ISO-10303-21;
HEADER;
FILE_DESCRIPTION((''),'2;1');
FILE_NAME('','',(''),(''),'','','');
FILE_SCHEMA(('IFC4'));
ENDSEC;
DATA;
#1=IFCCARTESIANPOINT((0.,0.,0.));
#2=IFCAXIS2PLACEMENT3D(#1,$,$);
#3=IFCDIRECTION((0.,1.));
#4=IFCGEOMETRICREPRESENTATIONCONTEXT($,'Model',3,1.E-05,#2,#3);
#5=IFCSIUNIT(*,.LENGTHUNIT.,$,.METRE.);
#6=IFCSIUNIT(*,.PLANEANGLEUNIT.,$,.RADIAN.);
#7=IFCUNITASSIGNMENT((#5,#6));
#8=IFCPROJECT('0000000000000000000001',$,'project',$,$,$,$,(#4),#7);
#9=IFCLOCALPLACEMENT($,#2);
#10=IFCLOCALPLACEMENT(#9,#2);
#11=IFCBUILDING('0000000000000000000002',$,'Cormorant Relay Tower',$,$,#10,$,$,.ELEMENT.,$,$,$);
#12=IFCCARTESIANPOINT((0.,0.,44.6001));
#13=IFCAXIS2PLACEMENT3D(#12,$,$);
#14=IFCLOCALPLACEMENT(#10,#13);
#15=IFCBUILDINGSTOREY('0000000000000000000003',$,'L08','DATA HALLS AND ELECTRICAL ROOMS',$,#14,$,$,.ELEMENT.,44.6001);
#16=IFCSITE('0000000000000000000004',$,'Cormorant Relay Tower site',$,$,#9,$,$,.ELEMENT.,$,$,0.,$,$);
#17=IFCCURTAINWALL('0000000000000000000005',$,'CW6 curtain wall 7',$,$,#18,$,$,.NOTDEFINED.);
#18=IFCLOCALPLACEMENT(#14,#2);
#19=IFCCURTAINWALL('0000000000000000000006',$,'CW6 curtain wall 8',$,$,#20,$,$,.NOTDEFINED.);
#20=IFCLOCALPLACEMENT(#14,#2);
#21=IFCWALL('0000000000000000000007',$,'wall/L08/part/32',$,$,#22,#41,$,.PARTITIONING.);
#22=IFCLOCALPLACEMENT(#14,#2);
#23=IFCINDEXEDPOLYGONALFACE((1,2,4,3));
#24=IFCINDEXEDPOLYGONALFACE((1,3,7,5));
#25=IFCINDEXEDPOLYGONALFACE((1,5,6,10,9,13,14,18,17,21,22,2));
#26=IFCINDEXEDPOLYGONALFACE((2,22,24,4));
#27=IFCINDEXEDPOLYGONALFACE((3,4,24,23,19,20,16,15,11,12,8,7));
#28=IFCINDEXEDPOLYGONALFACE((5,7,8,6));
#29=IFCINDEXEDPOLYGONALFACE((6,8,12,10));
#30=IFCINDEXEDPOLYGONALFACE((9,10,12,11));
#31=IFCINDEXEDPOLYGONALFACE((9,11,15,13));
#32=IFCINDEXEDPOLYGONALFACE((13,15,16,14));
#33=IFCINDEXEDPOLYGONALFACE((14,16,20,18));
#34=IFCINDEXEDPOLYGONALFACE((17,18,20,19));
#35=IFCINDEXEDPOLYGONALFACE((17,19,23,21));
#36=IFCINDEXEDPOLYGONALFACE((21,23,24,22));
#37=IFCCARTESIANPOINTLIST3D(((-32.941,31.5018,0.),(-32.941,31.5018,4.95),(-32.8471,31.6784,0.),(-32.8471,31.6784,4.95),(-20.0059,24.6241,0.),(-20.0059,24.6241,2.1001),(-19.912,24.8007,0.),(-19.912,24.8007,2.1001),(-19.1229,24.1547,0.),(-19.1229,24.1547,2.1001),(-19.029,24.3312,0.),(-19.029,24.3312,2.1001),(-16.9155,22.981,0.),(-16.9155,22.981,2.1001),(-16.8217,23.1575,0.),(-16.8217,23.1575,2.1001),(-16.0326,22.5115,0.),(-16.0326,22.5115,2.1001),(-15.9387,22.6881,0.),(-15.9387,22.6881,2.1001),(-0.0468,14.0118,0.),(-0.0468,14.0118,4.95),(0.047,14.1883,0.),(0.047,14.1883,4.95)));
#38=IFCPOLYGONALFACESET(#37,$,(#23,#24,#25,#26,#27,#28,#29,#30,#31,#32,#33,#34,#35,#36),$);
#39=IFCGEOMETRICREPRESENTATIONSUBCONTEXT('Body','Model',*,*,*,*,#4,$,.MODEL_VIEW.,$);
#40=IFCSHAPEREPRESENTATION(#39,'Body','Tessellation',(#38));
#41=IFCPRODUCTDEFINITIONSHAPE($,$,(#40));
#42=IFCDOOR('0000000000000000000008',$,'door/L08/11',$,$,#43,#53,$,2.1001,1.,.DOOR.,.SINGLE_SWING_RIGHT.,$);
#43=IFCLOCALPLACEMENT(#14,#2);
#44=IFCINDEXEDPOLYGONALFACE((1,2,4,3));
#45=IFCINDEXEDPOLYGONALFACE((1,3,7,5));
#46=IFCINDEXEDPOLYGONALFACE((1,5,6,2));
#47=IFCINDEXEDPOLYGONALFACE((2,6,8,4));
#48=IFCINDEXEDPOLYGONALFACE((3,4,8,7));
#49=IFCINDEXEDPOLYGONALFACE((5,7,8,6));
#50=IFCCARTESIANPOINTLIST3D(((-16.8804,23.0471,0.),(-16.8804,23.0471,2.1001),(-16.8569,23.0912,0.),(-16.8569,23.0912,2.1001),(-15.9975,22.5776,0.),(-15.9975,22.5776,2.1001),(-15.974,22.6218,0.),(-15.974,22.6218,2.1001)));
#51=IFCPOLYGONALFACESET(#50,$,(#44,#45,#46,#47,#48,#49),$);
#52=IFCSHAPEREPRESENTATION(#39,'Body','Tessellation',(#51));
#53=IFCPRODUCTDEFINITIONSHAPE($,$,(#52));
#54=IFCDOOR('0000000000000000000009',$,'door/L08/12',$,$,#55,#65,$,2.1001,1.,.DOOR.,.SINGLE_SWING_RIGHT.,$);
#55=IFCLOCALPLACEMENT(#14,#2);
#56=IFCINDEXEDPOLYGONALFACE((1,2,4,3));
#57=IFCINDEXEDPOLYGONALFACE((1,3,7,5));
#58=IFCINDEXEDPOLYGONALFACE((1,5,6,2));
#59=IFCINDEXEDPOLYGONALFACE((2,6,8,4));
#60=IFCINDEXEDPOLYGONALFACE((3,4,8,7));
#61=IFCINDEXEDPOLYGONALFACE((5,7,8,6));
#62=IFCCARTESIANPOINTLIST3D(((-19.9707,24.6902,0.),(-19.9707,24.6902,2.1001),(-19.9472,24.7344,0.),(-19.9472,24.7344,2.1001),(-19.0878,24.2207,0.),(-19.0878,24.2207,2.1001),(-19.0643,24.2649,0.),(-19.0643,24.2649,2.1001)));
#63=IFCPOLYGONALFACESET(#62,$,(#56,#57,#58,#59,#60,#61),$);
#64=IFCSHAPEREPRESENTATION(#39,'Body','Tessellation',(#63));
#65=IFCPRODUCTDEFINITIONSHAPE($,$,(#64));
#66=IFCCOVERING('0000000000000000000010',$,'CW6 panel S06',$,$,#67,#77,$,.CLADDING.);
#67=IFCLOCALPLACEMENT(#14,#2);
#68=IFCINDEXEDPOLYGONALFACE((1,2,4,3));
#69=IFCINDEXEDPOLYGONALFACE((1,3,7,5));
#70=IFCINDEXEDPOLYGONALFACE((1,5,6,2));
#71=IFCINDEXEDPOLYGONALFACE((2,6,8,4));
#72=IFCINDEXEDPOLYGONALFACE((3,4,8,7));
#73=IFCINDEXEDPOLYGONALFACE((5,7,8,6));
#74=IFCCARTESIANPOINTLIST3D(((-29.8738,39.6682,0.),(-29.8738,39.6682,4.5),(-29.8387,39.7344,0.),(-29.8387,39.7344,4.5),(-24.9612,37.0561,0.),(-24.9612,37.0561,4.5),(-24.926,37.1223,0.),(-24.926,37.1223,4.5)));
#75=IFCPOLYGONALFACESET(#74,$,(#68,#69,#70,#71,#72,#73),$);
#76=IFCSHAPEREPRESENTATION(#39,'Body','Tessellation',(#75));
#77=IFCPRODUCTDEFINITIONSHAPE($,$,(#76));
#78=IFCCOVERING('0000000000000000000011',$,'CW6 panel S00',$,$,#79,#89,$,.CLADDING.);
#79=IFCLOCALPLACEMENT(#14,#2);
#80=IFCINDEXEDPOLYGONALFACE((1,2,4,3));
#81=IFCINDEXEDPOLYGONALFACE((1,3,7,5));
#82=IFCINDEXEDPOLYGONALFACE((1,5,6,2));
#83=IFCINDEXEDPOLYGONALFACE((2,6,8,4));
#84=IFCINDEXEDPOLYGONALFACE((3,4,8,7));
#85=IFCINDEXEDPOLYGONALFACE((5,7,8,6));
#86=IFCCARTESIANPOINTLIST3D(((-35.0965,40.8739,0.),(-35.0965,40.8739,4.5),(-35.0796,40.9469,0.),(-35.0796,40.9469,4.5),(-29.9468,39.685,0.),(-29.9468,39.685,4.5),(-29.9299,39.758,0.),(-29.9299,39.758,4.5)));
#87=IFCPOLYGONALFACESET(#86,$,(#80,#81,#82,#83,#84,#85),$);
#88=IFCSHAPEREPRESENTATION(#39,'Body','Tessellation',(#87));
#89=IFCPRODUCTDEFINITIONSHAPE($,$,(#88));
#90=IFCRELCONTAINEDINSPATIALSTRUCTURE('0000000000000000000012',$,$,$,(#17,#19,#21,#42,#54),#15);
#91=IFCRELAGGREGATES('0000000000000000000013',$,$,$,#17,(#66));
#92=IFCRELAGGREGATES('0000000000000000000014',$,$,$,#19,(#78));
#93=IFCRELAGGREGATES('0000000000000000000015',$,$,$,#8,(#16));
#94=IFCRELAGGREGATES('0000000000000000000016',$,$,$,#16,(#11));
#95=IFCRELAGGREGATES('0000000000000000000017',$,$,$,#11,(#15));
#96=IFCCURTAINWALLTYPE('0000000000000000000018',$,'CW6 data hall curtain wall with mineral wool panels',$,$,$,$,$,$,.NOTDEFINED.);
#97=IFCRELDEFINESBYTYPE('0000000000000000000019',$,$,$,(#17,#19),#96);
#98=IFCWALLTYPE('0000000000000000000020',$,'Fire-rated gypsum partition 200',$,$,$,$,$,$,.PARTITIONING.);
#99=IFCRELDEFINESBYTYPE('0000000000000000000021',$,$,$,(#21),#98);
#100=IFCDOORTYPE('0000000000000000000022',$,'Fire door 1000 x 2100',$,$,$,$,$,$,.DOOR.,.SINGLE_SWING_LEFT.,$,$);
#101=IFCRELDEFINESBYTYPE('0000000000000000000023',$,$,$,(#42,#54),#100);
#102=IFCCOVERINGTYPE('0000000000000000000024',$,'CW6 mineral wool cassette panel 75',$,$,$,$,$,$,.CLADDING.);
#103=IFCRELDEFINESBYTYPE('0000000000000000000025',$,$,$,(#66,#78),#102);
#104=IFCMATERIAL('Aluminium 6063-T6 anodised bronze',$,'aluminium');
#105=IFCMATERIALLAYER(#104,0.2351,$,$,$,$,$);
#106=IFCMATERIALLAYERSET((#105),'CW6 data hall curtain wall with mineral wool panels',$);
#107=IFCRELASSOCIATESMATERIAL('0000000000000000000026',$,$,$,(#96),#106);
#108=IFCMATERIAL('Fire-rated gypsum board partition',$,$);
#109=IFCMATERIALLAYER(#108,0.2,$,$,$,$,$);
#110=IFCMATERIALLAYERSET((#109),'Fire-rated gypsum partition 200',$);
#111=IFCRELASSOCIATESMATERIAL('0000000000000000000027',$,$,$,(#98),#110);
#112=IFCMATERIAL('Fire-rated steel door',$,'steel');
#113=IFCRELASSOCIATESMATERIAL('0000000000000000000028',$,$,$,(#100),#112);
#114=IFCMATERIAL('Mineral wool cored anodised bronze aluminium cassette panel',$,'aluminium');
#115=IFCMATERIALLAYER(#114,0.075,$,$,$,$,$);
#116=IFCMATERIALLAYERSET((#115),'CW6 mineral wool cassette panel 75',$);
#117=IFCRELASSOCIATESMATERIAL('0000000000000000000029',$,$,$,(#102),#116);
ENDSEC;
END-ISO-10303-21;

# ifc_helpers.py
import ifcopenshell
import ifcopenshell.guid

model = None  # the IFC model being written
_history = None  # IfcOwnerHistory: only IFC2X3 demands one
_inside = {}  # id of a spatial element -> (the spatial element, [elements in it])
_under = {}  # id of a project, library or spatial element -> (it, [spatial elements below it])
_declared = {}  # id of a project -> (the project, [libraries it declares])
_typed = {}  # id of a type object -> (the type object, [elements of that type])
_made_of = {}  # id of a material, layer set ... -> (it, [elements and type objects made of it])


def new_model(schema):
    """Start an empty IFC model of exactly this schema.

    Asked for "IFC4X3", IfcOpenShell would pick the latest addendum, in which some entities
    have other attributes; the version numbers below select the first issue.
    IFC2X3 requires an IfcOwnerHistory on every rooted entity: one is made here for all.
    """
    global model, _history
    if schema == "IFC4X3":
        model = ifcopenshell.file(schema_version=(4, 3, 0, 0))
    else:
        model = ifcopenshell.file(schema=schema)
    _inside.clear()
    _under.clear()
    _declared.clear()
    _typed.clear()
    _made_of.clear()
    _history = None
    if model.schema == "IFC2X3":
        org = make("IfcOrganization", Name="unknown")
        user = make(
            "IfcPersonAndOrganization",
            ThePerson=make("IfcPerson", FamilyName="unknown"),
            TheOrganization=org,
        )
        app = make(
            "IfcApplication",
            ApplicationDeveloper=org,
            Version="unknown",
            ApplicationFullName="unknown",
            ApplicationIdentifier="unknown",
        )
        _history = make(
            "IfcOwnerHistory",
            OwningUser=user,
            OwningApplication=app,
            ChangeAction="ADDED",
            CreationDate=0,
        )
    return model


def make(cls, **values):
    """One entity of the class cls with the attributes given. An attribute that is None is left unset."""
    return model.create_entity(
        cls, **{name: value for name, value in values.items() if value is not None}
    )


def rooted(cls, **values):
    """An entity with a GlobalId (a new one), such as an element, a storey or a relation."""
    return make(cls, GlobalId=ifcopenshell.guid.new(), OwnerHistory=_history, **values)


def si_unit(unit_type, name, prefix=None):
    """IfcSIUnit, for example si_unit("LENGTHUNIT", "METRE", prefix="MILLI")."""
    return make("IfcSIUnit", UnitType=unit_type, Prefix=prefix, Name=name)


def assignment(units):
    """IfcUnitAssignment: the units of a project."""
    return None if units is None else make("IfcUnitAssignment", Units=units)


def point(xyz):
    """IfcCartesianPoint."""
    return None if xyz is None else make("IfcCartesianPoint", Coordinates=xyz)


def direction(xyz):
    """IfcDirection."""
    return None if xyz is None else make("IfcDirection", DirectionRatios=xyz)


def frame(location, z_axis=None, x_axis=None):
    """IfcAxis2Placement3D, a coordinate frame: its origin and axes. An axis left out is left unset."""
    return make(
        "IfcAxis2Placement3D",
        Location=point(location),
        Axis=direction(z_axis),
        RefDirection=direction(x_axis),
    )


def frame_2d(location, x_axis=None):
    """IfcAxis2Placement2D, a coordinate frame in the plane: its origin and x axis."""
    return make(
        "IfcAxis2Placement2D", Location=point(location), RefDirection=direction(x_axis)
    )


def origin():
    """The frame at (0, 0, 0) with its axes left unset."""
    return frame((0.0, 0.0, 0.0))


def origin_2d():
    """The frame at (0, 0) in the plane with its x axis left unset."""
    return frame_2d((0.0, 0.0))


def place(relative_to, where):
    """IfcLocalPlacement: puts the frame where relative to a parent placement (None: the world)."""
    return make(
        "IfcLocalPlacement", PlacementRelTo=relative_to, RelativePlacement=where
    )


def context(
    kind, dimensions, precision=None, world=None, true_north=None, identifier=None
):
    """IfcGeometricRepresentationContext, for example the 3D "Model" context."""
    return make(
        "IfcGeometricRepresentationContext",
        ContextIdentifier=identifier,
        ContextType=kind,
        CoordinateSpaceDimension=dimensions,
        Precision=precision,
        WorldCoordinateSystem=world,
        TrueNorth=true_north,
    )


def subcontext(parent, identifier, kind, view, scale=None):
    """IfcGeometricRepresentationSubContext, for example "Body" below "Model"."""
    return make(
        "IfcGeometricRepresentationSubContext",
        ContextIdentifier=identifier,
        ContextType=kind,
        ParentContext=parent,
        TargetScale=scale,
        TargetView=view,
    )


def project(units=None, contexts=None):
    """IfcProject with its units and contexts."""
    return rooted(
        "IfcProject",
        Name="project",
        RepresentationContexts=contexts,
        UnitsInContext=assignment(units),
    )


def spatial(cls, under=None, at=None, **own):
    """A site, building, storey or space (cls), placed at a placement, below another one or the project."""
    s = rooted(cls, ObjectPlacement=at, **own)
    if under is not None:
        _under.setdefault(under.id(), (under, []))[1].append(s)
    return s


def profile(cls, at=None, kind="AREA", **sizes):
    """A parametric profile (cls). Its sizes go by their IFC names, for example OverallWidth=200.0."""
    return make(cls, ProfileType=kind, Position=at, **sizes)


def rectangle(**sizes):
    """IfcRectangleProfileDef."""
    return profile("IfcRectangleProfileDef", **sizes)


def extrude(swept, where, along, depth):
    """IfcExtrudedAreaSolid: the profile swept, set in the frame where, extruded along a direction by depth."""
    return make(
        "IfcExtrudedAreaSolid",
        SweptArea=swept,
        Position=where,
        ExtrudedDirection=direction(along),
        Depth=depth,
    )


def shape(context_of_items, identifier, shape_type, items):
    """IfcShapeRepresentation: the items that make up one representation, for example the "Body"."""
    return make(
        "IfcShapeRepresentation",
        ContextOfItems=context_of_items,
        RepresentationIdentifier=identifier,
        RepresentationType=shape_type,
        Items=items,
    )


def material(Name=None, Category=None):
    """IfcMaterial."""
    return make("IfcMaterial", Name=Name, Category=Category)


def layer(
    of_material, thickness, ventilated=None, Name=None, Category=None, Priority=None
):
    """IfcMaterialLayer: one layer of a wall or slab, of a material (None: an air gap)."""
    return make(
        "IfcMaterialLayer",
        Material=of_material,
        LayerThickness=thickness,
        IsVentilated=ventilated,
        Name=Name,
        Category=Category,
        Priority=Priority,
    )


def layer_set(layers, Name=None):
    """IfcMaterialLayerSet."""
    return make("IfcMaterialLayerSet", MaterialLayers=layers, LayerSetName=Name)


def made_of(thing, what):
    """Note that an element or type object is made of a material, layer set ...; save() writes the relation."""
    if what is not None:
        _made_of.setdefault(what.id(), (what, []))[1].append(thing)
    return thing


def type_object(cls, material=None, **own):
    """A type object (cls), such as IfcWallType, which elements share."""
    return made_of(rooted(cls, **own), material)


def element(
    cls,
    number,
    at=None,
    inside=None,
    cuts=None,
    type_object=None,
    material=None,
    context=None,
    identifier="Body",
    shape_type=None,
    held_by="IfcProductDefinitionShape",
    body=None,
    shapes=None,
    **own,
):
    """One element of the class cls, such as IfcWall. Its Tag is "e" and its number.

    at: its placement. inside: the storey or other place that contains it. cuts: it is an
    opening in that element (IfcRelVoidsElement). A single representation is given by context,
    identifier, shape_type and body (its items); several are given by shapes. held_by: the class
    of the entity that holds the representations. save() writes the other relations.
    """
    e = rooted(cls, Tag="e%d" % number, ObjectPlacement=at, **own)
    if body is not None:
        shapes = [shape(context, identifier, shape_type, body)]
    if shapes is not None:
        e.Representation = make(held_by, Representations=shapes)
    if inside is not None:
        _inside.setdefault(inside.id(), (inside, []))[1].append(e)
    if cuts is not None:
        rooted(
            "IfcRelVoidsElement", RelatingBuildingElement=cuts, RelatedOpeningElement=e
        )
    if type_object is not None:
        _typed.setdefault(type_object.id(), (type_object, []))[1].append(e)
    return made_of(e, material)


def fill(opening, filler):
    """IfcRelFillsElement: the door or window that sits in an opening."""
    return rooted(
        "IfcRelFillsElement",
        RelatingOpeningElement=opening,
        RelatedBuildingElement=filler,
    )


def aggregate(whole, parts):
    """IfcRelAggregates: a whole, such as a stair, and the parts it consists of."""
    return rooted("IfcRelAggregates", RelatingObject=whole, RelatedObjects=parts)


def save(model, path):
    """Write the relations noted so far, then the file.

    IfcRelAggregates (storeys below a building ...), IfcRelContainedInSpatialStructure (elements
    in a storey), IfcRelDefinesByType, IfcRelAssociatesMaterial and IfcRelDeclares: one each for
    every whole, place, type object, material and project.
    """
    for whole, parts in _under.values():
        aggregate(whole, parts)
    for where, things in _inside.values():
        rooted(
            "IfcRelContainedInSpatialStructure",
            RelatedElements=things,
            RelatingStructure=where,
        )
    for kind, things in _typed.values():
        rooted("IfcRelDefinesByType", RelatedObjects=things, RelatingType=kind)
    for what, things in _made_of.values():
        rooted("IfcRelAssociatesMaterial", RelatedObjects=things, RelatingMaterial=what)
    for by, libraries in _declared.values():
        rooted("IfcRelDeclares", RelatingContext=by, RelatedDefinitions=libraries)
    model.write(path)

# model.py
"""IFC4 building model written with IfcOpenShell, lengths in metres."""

from ifc_helpers import new_model, si_unit, direction, frame, frame_2d, origin, origin_2d, place, context, subcontext, project, spatial, rectangle, extrude, material, layer, layer_set, type_object, element, fill, aggregate, save


model = new_model("IFC4")

# Units and contexts
model_context = context("Model", 3, precision=1e-05, world=origin(), true_north=direction((0.0, 1.0)))
body_context = subcontext(model_context, "Body", "Model", "MODEL_VIEW")
ifc_project = project(units=[si_unit("LENGTHUNIT", "METRE"), si_unit("PLANEANGLEUNIT", "RADIAN")], contexts=[model_context])

# Site, building, storey
site_placement = place(None, origin())
site = spatial("IfcSite", under=ifc_project, at=site_placement, Name="Cormorant Relay Tower site", CompositionType="ELEMENT", RefElevation=0.0)
building_placement = place(site_placement, origin())
building = spatial("IfcBuilding", under=site, at=building_placement, Name="Cormorant Relay Tower", CompositionType="ELEMENT")
storey_placement = place(building_placement, frame((0.0, 0.0, 44.6001)))
storey = spatial("IfcBuildingStorey", under=building, at=storey_placement, Name="L08", Description="DATA HALLS AND ELECTRICAL ROOMS", CompositionType="ELEMENT", Elevation=44.6001)

# Curtain wall
ifc_material_1 = material(Name="Aluminium 6063-T6 anodised bronze", Category="aluminium")
ifc_layer_1 = layer(ifc_material_1, 0.2351)
ifc_layer_set_1 = layer_set([ifc_layer_1], Name="CW6 data hall curtain wall with mineral wool panels")
curtain_wall_type = type_object("IfcCurtainWallType", Name="CW6 data hall curtain wall with mineral wool panels", PredefinedType="NOTDEFINED", material=ifc_layer_set_1)
curtain_wall_1_placement = place(storey_placement, origin())
curtain_wall_1 = element("IfcCurtainWall", 1, at=curtain_wall_1_placement, inside=storey, type_object=curtain_wall_type, Name="CW6 curtain wall 7", PredefinedType="NOTDEFINED")

# Curtain wall
curtain_wall_2_placement = place(storey_placement, origin())
curtain_wall_2 = element("IfcCurtainWall", 2, at=curtain_wall_2_placement, inside=storey, type_object=curtain_wall_type, Name="CW6 curtain wall 8", PredefinedType="NOTDEFINED")

# Shared definitions
ifc_material_2 = material(Name="Fire-rated gypsum board partition")
ifc_layer_2 = layer(ifc_material_2, 0.2)
ifc_layer_set_2 = layer_set([ifc_layer_2], Name="Fire-rated gypsum partition 200")
wall_type = type_object("IfcWallType", Name="Fire-rated gypsum partition 200", PredefinedType="PARTITIONING", material=ifc_layer_set_2)

# Shared definitions
ifc_material_3 = material(Name="Fire-rated steel door", Category="steel")
door_type = type_object("IfcDoorType", Name="Fire door 1000 x 2100", OperationType="SINGLE_SWING_LEFT", PredefinedType="DOOR", material=ifc_material_3)

# Wall, openings, doors
wall_1_placement = place(storey_placement, frame((-32.894, 31.5901, 0.0), z_axis=(0.0, 0.0, 1.0), x_axis=(0.882949, -0.46947, 0.0)))
wall_1 = element("IfcWall", 3, at=wall_1_placement, inside=storey, type_object=wall_type, Name="wall/L08/part/32", PredefinedType="PARTITIONING", context=body_context, shape_type="SweptSolid", body=[
    extrude(rectangle(XDim=37.2549, YDim=0.2, at=frame_2d((18.6274, 0.0))), origin(), (0.0, 0.0, 1.0), 4.95),
])
opening_1_placement = place(wall_1_placement, frame((18.1499, 0.0, 0.0)))
opening_1 = element("IfcOpeningElement", 4, at=opening_1_placement, cuts=wall_1, PredefinedType="OPENING", context=body_context, shape_type="SweptSolid", body=[
    extrude(rectangle(XDim=1.0, YDim=2.1001, at=frame_2d((0.5, 1.05))), frame((0.0, 0.1099, 0.0), z_axis=(0.0, -1.0, 0.0), x_axis=(1.0, 0.0, 0.0)), (0.0, 0.0, 1.0), 0.22),
])
opening_2_placement = place(wall_1_placement, frame((14.6499, 0.0, 0.0)))
opening_2 = element("IfcOpeningElement", 5, at=opening_2_placement, cuts=wall_1, PredefinedType="OPENING", context=body_context, shape_type="SweptSolid", body=[
    extrude(rectangle(XDim=1.0, YDim=2.1001, at=frame_2d((0.5, 1.05))), frame((0.0, 0.1099, 0.0), z_axis=(0.0, -1.0, 0.0), x_axis=(1.0, 0.0, 0.0)), (0.0, 0.0, 1.0), 0.22),
])
door_1_placement = place(opening_1_placement, origin())
door_1 = element("IfcDoor", 6, at=door_1_placement, inside=storey, type_object=door_type, Name="door/L08/11", OperationType="SINGLE_SWING_RIGHT", OverallHeight=2.1001, OverallWidth=1.0, PredefinedType="DOOR", context=body_context, shape_type="SweptSolid", body=[
    extrude(rectangle(XDim=1.0, YDim=2.1001, at=frame_2d((0.5, 1.05))), frame((0.0, 0.0249, 0.0), z_axis=(0.0, -1.0, 0.0), x_axis=(1.0, 0.0, 0.0)), (0.0, 0.0, 1.0), 0.05),
])
fill(opening_1, door_1)
door_2_placement = place(opening_2_placement, origin())
door_2 = element("IfcDoor", 7, at=door_2_placement, inside=storey, type_object=door_type, Name="door/L08/12", OperationType="SINGLE_SWING_RIGHT", OverallHeight=2.1001, OverallWidth=1.0, PredefinedType="DOOR", context=body_context, shape_type="SweptSolid", body=[
    extrude(rectangle(XDim=1.0, YDim=2.1001, at=frame_2d((0.5, 1.05))), frame((0.0, 0.0249, 0.0), z_axis=(0.0, -1.0, 0.0), x_axis=(1.0, 0.0, 0.0)), (0.0, 0.0, 1.0), 0.05),
])
fill(opening_2, door_2)

# Coverings
ifc_material_4 = material(Name="Mineral wool cored anodised bronze aluminium cassette panel", Category="aluminium")
ifc_layer_3 = layer(ifc_material_4, 0.075)
ifc_layer_set_3 = layer_set([ifc_layer_3], Name="CW6 mineral wool cassette panel 75")
covering_type = type_object("IfcCoveringType", Name="CW6 mineral wool cassette panel 75", PredefinedType="CLADDING", material=ifc_layer_set_3)
covering_1_placement = place(storey_placement, frame((-27.3999, 38.3953, 0.0), z_axis=(0.0, 0.0, 1.0), x_axis=(-0.882948, 0.469472, 0.0)))
covering_1 = element("IfcCovering", 8, at=covering_1_placement, type_object=covering_type, Name="CW6 panel S06", PredefinedType="CLADDING", context=body_context, shape_type="SweptSolid", body=[
    extrude(rectangle(XDim=5.564, YDim=0.075, at=origin_2d()), origin(), (0.0, 0.0, 1.0), 4.5),
])
aggregate(curtain_wall_1, [covering_1])
covering_2_placement = place(storey_placement, frame((-32.5132, 40.3159, 0.0), z_axis=(0.0, 0.0, 1.0), x_axis=(-0.97437, 0.224951, 0.0)))
covering_2 = element("IfcCovering", 9, at=covering_2_placement, type_object=covering_type, Name="CW6 panel S00", PredefinedType="CLADDING", context=body_context, shape_type="SweptSolid", body=[
    extrude(rectangle(XDim=5.2852, YDim=0.075, at=origin_2d()), origin(), (0.0, 0.0, 1.0), 4.5),
])
aggregate(curtain_wall_2, [covering_2])

save(model, "model.ifc")
